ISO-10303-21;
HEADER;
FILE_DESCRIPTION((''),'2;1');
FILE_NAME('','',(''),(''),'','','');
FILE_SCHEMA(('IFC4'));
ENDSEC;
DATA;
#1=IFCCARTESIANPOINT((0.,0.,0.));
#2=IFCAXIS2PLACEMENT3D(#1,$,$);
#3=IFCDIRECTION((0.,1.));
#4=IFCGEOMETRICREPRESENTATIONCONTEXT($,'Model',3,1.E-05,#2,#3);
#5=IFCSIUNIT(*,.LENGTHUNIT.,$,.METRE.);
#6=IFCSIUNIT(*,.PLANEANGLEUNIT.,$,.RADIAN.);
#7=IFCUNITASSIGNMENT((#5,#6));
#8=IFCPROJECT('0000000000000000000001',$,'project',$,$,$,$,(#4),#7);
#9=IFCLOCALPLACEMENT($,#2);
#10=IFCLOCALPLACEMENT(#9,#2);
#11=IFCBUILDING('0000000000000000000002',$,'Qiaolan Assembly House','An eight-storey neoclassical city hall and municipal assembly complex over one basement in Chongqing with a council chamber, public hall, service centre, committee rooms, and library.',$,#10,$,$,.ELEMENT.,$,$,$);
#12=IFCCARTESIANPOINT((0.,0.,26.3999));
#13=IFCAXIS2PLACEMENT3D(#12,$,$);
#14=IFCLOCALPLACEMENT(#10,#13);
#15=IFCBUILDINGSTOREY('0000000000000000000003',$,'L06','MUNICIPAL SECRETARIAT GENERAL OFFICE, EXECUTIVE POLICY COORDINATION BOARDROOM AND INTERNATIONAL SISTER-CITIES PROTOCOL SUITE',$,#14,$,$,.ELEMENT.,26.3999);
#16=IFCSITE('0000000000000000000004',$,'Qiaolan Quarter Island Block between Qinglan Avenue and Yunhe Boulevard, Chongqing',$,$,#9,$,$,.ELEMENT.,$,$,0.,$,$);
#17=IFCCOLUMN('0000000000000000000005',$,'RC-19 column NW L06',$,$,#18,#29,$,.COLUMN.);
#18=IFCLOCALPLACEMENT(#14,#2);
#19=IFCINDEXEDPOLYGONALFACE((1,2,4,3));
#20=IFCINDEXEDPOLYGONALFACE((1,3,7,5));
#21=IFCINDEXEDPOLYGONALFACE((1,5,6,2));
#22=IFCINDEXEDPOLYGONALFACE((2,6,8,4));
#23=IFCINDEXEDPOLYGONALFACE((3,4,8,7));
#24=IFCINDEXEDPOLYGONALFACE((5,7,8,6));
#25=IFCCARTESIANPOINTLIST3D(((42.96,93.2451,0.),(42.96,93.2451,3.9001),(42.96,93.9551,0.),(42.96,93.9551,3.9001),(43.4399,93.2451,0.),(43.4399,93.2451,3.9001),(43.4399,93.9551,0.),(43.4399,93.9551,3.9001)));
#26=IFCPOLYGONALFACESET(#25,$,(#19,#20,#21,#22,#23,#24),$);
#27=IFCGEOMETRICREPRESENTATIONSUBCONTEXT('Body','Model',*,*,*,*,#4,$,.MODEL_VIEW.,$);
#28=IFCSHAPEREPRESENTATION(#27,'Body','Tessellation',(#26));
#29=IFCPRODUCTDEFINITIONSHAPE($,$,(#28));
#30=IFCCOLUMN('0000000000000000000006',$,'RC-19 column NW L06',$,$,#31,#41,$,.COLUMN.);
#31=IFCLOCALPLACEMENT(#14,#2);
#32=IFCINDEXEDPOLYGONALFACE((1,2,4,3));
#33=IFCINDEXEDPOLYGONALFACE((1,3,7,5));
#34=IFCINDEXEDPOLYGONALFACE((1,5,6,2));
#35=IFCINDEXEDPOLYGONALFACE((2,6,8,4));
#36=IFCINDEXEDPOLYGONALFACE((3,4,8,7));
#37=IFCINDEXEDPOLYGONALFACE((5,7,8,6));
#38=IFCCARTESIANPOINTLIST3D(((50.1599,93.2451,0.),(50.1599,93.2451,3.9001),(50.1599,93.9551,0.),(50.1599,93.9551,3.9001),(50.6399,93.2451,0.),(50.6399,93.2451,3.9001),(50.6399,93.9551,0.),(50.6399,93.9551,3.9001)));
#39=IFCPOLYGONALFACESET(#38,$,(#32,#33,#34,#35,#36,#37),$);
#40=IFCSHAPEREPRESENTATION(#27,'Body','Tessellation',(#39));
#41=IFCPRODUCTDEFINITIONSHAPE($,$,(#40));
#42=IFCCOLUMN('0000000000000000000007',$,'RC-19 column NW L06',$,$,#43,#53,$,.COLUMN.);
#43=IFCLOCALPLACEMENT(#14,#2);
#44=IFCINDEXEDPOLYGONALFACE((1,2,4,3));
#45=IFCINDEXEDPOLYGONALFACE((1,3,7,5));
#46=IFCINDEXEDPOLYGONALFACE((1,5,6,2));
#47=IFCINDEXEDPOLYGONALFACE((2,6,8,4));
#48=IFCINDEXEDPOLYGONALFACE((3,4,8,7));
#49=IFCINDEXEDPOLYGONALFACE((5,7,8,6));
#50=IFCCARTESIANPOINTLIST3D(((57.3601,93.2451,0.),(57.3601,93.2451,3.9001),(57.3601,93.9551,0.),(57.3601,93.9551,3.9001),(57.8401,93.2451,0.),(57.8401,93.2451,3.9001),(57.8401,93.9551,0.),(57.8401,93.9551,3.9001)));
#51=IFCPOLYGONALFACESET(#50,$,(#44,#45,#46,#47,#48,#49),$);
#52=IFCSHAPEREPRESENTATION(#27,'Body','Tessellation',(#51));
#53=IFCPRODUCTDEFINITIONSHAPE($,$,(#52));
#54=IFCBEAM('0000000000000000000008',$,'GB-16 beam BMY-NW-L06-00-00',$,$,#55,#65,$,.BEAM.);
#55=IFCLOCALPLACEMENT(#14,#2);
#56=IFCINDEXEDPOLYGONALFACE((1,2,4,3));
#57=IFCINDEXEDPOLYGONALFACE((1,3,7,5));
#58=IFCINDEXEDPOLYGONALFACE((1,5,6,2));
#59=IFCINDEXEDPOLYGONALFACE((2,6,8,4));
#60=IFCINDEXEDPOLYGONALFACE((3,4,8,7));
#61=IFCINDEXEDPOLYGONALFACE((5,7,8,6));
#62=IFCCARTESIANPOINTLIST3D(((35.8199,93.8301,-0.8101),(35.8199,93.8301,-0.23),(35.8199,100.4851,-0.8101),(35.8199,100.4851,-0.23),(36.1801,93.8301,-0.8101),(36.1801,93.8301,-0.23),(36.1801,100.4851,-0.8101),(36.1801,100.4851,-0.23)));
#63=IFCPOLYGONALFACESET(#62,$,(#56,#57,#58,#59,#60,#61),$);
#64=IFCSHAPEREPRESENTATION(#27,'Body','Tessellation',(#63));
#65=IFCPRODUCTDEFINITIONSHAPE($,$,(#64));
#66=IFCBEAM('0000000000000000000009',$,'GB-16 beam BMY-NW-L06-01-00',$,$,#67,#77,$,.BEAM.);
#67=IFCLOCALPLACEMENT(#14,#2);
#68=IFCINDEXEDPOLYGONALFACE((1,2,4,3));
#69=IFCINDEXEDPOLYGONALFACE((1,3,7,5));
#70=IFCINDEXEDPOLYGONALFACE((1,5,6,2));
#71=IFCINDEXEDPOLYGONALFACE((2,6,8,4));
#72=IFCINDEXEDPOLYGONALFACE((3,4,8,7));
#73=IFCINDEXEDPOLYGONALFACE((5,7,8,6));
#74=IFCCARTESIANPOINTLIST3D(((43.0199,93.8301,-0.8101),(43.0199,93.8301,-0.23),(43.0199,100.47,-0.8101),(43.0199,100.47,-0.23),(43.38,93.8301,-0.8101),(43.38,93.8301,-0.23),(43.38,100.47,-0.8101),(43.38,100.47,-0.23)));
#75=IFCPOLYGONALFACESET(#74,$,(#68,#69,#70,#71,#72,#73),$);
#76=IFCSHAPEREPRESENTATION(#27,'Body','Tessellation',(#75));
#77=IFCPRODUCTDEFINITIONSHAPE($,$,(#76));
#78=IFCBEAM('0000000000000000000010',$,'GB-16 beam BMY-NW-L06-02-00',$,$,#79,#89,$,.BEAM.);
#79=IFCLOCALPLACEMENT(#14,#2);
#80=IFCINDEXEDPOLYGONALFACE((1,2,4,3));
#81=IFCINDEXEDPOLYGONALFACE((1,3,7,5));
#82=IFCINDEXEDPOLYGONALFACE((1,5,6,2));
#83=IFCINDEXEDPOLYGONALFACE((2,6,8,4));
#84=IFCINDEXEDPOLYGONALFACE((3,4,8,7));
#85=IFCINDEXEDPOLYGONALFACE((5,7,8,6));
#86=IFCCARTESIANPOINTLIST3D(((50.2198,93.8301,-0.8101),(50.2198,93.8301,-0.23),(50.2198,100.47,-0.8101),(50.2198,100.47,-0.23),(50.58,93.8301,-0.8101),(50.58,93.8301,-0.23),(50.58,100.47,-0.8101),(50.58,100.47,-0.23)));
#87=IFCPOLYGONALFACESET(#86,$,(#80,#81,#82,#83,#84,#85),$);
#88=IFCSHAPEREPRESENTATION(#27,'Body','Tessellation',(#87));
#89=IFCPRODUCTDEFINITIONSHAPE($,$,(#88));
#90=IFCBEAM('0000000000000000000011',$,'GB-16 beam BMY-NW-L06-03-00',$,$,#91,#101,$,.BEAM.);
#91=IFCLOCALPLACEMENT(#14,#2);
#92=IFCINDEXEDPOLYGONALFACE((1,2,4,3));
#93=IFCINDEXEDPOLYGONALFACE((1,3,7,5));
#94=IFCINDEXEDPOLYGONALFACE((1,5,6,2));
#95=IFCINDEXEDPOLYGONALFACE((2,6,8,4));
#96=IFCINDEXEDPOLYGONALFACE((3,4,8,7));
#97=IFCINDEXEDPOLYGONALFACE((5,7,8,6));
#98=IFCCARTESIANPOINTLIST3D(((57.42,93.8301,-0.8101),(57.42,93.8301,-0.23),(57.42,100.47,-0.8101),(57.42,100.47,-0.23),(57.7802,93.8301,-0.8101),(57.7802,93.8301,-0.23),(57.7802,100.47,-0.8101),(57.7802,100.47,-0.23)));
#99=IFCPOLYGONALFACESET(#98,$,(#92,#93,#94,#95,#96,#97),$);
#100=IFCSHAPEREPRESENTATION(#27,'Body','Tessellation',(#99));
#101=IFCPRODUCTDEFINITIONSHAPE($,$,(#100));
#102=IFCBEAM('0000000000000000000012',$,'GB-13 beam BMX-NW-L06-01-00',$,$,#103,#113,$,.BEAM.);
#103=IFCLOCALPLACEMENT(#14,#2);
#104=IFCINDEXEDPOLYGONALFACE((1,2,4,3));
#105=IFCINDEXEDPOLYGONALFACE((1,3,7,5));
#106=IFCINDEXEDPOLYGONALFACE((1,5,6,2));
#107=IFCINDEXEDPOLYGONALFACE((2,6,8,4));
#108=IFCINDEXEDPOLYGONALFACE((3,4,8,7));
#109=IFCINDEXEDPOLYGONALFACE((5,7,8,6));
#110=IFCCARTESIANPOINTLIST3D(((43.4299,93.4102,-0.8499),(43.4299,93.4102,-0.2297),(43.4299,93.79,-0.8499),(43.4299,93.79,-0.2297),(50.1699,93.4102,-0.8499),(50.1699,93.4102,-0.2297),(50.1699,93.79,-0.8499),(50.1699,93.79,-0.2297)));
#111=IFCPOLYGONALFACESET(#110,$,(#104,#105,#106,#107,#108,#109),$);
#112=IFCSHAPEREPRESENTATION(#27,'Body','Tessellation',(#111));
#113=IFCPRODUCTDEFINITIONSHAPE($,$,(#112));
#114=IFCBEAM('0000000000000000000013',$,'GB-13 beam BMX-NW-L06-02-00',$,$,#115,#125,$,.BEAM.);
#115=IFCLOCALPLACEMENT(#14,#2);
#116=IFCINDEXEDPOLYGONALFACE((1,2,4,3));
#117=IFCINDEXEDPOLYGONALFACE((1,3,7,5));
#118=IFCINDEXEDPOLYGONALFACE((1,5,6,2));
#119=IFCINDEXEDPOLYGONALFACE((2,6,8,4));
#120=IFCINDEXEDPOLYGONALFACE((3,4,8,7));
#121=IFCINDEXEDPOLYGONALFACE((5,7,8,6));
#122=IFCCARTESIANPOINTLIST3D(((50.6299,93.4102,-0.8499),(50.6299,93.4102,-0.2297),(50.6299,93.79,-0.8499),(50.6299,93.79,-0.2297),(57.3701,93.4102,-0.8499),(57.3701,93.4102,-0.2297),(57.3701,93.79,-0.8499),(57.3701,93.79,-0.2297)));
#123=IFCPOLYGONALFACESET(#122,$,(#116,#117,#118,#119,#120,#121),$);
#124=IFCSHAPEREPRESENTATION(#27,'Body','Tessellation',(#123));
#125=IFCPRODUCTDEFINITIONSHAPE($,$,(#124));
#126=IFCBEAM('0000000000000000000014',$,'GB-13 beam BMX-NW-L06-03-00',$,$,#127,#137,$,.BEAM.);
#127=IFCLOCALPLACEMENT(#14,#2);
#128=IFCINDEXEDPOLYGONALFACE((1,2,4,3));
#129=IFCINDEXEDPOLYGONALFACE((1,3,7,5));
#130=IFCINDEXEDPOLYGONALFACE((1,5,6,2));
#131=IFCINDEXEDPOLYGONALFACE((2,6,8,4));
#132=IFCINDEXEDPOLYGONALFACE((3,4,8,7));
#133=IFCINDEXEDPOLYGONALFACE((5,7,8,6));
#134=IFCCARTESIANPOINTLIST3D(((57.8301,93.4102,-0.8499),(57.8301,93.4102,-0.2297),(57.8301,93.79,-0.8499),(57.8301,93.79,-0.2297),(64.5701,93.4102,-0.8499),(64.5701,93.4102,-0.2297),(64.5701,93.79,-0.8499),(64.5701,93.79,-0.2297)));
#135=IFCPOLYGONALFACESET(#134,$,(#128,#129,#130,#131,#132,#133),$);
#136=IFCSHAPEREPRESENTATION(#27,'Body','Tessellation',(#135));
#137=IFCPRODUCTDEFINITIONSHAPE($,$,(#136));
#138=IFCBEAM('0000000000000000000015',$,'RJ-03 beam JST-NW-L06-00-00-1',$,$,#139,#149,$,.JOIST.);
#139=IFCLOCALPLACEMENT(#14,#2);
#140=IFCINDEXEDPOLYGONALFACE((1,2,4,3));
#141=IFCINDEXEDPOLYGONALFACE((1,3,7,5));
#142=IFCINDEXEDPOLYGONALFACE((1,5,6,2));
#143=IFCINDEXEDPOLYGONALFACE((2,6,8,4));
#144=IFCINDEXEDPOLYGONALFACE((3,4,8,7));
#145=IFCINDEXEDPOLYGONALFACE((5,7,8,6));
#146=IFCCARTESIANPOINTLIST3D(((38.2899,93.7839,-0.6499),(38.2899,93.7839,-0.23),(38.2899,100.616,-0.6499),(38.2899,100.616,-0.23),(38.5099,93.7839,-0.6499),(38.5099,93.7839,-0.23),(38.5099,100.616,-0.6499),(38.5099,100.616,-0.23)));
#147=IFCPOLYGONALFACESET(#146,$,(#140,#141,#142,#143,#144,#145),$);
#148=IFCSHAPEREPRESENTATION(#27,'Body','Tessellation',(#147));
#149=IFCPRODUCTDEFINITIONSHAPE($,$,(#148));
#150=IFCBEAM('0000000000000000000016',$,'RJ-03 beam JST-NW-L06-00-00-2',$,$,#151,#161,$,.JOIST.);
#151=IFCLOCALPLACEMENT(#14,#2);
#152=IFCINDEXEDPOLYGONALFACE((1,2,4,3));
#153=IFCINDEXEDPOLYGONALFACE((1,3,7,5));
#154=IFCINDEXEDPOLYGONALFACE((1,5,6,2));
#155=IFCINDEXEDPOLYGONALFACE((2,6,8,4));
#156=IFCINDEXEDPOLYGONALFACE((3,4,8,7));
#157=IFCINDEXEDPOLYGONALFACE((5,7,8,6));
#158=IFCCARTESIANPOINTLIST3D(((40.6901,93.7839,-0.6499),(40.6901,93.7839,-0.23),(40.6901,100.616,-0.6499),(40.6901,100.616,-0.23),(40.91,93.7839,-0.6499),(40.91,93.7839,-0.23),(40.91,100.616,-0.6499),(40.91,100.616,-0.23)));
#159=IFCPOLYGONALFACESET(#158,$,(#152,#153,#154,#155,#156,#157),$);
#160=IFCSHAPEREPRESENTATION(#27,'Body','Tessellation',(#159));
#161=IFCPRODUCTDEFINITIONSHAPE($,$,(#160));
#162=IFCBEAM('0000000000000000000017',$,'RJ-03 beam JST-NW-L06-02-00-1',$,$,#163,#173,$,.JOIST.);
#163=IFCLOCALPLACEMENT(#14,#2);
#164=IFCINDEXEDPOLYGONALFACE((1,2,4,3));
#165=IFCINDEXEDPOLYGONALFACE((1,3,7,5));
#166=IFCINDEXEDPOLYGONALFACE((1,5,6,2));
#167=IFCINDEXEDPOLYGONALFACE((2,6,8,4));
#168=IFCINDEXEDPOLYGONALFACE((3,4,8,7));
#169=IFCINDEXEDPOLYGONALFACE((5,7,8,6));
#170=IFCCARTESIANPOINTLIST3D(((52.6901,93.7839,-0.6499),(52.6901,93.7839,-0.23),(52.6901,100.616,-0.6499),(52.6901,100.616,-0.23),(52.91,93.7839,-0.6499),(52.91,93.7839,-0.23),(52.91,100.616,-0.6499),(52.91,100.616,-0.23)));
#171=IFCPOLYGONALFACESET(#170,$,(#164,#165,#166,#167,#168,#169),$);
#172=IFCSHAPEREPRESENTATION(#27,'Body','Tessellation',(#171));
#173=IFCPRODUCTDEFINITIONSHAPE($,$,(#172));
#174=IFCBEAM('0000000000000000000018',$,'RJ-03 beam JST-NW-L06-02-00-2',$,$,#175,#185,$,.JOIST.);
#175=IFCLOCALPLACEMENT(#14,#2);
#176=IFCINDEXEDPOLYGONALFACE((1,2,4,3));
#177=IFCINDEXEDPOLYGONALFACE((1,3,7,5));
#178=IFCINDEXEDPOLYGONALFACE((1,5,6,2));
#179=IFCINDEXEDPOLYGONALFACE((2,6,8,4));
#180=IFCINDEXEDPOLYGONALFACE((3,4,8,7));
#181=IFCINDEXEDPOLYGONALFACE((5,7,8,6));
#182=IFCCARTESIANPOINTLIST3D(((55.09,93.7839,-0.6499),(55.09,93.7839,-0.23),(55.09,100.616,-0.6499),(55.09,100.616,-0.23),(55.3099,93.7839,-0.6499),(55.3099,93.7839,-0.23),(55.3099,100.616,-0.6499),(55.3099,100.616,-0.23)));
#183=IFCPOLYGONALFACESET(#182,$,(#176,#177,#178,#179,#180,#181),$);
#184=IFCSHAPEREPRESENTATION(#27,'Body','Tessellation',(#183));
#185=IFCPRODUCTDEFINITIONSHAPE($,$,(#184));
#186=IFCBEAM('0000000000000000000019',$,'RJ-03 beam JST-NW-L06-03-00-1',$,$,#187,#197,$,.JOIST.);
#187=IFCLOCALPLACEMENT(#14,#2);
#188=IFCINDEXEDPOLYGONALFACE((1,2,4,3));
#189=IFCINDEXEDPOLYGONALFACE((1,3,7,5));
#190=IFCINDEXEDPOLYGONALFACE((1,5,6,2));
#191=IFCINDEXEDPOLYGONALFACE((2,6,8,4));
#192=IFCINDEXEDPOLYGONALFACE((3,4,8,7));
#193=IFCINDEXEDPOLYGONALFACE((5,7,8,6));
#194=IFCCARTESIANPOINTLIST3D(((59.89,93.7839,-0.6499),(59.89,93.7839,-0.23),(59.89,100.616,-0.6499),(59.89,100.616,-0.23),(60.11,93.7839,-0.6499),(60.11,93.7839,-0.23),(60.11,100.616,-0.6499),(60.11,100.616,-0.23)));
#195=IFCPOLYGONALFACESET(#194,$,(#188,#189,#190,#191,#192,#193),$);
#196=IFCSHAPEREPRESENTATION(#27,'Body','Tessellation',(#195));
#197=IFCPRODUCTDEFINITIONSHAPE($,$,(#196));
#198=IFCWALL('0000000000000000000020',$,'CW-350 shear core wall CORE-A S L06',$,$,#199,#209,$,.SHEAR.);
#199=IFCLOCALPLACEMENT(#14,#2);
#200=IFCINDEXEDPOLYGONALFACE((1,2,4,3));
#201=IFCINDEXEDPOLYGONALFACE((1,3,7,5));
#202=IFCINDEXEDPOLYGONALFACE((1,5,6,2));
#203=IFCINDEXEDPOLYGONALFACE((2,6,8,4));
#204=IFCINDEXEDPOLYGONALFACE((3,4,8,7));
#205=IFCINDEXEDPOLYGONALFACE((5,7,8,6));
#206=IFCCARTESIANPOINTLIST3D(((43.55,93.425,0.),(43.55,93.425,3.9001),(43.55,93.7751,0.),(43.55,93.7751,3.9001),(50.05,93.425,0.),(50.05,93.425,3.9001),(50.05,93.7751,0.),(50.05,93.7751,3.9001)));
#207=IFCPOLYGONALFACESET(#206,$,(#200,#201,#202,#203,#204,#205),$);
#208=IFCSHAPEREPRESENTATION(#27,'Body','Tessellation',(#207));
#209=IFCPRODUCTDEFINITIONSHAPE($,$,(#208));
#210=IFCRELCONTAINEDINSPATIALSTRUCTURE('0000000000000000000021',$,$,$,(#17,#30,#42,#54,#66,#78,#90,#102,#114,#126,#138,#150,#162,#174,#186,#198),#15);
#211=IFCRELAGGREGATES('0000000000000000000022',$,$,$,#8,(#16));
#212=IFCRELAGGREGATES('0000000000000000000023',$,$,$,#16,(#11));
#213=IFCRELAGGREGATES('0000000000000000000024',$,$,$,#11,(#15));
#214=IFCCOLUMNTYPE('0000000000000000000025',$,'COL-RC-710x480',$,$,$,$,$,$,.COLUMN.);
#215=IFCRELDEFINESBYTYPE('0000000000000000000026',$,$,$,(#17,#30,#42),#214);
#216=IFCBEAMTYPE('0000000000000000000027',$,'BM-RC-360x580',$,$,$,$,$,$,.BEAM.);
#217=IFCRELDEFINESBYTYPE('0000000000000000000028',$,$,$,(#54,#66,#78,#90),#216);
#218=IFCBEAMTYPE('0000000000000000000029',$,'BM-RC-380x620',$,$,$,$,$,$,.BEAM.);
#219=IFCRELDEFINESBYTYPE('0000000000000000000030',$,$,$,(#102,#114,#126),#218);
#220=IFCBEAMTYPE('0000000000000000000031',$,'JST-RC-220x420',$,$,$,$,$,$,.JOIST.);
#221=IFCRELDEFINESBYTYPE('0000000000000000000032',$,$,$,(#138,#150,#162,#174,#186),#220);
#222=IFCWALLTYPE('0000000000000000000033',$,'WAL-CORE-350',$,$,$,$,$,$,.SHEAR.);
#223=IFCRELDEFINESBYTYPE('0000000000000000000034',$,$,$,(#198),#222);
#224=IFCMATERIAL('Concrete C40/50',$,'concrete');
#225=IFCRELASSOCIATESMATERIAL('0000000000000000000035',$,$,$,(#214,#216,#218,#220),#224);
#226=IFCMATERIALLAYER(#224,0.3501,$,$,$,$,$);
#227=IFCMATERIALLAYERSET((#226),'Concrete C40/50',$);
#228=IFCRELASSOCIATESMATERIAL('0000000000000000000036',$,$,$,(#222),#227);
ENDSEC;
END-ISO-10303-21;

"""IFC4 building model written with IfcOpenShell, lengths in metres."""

from ifc_helpers import new_model, si_unit, direction, frame, frame_2d, origin, origin_2d, place, context, subcontext, project, spatial, rectangle, extrude, material, layer, layer_set, material_profile, profile_set, type_object, element, save


model = new_model("IFC4")

# Units and contexts
model_context = context("Model", 3, precision=1e-05, world=origin(), true_north=direction((0.0, 1.0)))
body_context = subcontext(model_context, "Body", "Model", "MODEL_VIEW")
ifc_project = project(units=[si_unit("LENGTHUNIT", "METRE"), si_unit("PLANEANGLEUNIT", "RADIAN")], contexts=[model_context])

# Site, building, storey
site_placement = place(None, origin())
site = spatial("IfcSite", under=ifc_project, at=site_placement, Name="Qiaolan Quarter Island Block between Qinglan Avenue and Yunhe Boulevard, Chongqing", CompositionType="ELEMENT", RefElevation=0.0)
building_placement = place(site_placement, origin())
building = spatial("IfcBuilding", under=site, at=building_placement, Name="Qiaolan Assembly House", Description="An eight-storey neoclassical city hall and municipal assembly complex over one basement in Chongqing with a council chamber, public hall, service centre, committee rooms, and library.", CompositionType="ELEMENT")
storey_placement = place(building_placement, frame((0.0, 0.0, 26.3999)))
storey = spatial("IfcBuildingStorey", under=building, at=storey_placement, Name="L06", Description="MUNICIPAL SECRETARIAT GENERAL OFFICE, EXECUTIVE POLICY COORDINATION BOARDROOM AND INTERNATIONAL SISTER-CITIES PROTOCOL SUITE", CompositionType="ELEMENT", Elevation=26.3999)

# Columns
ifc_material_1 = material(Name="Concrete C40/50", Category="concrete")
ifc_material_profile_1 = material_profile(ifc_material_1, rectangle(XDim=0.48, YDim=0.71, at=origin_2d()), Name="RC 710x480")
ifc_profile_set_1 = profile_set([ifc_material_profile_1], Name="Concrete C40/50")
column_type = type_object("IfcColumnType", Name="COL-RC-710x480", PredefinedType="COLUMN", material=ifc_profile_set_1)
for number, where, z_axis, x_axis, name in (
    (1, (43.2, 93.6001, 0.0), (0.0, 0.0, 1.0), (1.0, 0.0, 0.0), "RC-19 column NW L06"),
    (2, (50.3999, 93.6001, 0.0), (0.0, 0.0, 1.0), (1.0, 0.0, 0.0), "RC-19 column NW L06"),
    (3, (57.6001, 93.6001, 0.0), (0.0, 0.0, 1.0), (1.0, 0.0, 0.0), "RC-19 column NW L06"),
):
    element("IfcColumn", number, at=place(storey_placement, frame(where, z_axis=z_axis, x_axis=x_axis)), inside=storey, type_object=column_type, Name=name, PredefinedType="COLUMN", context=body_context, shape_type="SweptSolid", body=[
        extrude(rectangle(XDim=0.48, YDim=0.71, at=origin_2d()), origin(), (0.0, 0.0, 1.0), 3.9001),
    ])

# Beams
ifc_material_profile_2 = material_profile(ifc_material_1, rectangle(XDim=0.3601, YDim=0.5801, at=origin_2d()), Name="RCB 360x580")
ifc_profile_set_2 = profile_set([ifc_material_profile_2], Name="Concrete C40/50")
beam_type_1 = type_object("IfcBeamType", Name="BM-RC-360x580", PredefinedType="BEAM", material=ifc_profile_set_2)
beam_1_placement = place(storey_placement, frame((36.0, 93.8301, -0.52), z_axis=(0.0, 1.0, 0.0), x_axis=(-1.0, 0.0, 0.0)))
element("IfcBeam", 4, at=beam_1_placement, inside=storey, type_object=beam_type_1, Name="GB-16 beam BMY-NW-L06-00-00", PredefinedType="BEAM", context=body_context, shape_type="SweptSolid", body=[
    extrude(rectangle(XDim=0.3601, YDim=0.5801, at=origin_2d()), origin(), (0.0, 0.0, 1.0), 6.655),
])
for number, where, z_axis, x_axis, name in (
    (5, (43.2, 93.8301, -0.52), (0.0, 1.0, 0.0), (-1.0, 0.0, 0.0), "GB-16 beam BMY-NW-L06-01-00"),
    (6, (50.3999, 93.8301, -0.52), (0.0, 1.0, 0.0), (-1.0, 0.0, 0.0), "GB-16 beam BMY-NW-L06-02-00"),
    (7, (57.6001, 93.8301, -0.52), (0.0, 1.0, 0.0), (-1.0, 0.0, 0.0), "GB-16 beam BMY-NW-L06-03-00"),
):
    element("IfcBeam", number, at=place(storey_placement, frame(where, z_axis=z_axis, x_axis=x_axis)), inside=storey, type_object=beam_type_1, Name=name, PredefinedType="BEAM", context=body_context, shape_type="SweptSolid", body=[
        extrude(rectangle(XDim=0.3601, YDim=0.5801, at=origin_2d()), origin(), (0.0, 0.0, 1.0), 6.6399),
    ])
ifc_material_profile_3 = material_profile(ifc_material_1, rectangle(XDim=0.3799, YDim=0.6201, at=origin_2d()), Name="RCB 380x620")
ifc_profile_set_3 = profile_set([ifc_material_profile_3], Name="Concrete C40/50")
beam_type_2 = type_object("IfcBeamType", Name="BM-RC-380x620", PredefinedType="BEAM", material=ifc_profile_set_3)
beam_2_placement = place(storey_placement, frame((43.4299, 93.6001, -0.5398), z_axis=(1.0, 0.0, 0.0), x_axis=(0.0, 1.0, 0.0)))
element("IfcBeam", 8, at=beam_2_placement, inside=storey, type_object=beam_type_2, Name="GB-13 beam BMX-NW-L06-01-00", PredefinedType="BEAM", context=body_context, shape_type="SweptSolid", body=[
    extrude(rectangle(XDim=0.3799, YDim=0.6201, at=origin_2d()), origin(), (0.0, 0.0, 1.0), 6.74),
])
beam_3_placement = place(storey_placement, frame((50.6299, 93.6001, -0.5398), z_axis=(1.0, 0.0, 0.0), x_axis=(0.0, 1.0, 0.0)))
element("IfcBeam", 9, at=beam_3_placement, inside=storey, type_object=beam_type_2, Name="GB-13 beam BMX-NW-L06-02-00", PredefinedType="BEAM", context=body_context, shape_type="SweptSolid", body=[
    extrude(rectangle(XDim=0.3799, YDim=0.6201, at=origin_2d()), origin(), (0.0, 0.0, 1.0), 6.7402),
])
beam_4_placement = place(storey_placement, frame((57.8301, 93.6001, -0.5398), z_axis=(1.0, 0.0, 0.0), x_axis=(0.0, 1.0, 0.0)))
element("IfcBeam", 10, at=beam_4_placement, inside=storey, type_object=beam_type_2, Name="GB-13 beam BMX-NW-L06-03-00", PredefinedType="BEAM", context=body_context, shape_type="SweptSolid", body=[
    extrude(rectangle(XDim=0.3799, YDim=0.6201, at=origin_2d()), origin(), (0.0, 0.0, 1.0), 6.74),
])
ifc_material_profile_4 = material_profile(ifc_material_1, rectangle(XDim=0.22, YDim=0.4199, at=origin_2d()), Name="RCB 220x420")
ifc_profile_set_4 = profile_set([ifc_material_profile_4], Name="Concrete C40/50")
beam_type_3 = type_object("IfcBeamType", Name="JST-RC-220x420", PredefinedType="JOIST", material=ifc_profile_set_4)
for number, where, z_axis, x_axis, name in (
    (11, (38.3999, 93.7839, -0.4399), (0.0, 1.0, 0.0), (-1.0, 0.0, 0.0), "RJ-03 beam JST-NW-L06-00-00-1"),
    (12, (40.8, 93.7839, -0.4399), (0.0, 1.0, 0.0), (-1.0, 0.0, 0.0), "RJ-03 beam JST-NW-L06-00-00-2"),
    (13, (52.8, 93.7839, -0.4399), (0.0, 1.0, 0.0), (-1.0, 0.0, 0.0), "RJ-03 beam JST-NW-L06-02-00-1"),
    (14, (55.2, 93.7839, -0.4399), (0.0, 1.0, 0.0), (-1.0, 0.0, 0.0), "RJ-03 beam JST-NW-L06-02-00-2"),
    (15, (60.0, 93.7839, -0.4399), (0.0, 1.0, 0.0), (-1.0, 0.0, 0.0), "RJ-03 beam JST-NW-L06-03-00-1"),
):
    element("IfcBeam", number, at=place(storey_placement, frame(where, z_axis=z_axis, x_axis=x_axis)), inside=storey, type_object=beam_type_3, Name=name, PredefinedType="JOIST", context=body_context, shape_type="SweptSolid", body=[
        extrude(rectangle(XDim=0.22, YDim=0.4199, at=origin_2d()), origin(), (0.0, 0.0, 1.0), 6.832),
    ])

# Wall
ifc_layer_1 = layer(ifc_material_1, 0.3501)
ifc_layer_set_1 = layer_set([ifc_layer_1], Name="Concrete C40/50")
wall_type_1 = type_object("IfcWallType", Name="WAL-CORE-350", PredefinedType="SHEAR", material=ifc_layer_set_1)
wall_1_placement = place(storey_placement, frame((43.55, 93.6001, 0.0), z_axis=(0.0, 0.0, 1.0), x_axis=(1.0, 0.0, 0.0)))
element("IfcWall", 16, at=wall_1_placement, inside=storey, type_object=wall_type_1, Name="CW-350 shear core wall CORE-A S L06", PredefinedType="SHEAR", context=body_context, shape_type="SweptSolid", body=[
    extrude(rectangle(XDim=6.5, YDim=0.3501, at=frame_2d((3.25, 0.0))), origin(), (0.0, 0.0, 1.0), 3.9001),
])

save(model, "model.ifc")
